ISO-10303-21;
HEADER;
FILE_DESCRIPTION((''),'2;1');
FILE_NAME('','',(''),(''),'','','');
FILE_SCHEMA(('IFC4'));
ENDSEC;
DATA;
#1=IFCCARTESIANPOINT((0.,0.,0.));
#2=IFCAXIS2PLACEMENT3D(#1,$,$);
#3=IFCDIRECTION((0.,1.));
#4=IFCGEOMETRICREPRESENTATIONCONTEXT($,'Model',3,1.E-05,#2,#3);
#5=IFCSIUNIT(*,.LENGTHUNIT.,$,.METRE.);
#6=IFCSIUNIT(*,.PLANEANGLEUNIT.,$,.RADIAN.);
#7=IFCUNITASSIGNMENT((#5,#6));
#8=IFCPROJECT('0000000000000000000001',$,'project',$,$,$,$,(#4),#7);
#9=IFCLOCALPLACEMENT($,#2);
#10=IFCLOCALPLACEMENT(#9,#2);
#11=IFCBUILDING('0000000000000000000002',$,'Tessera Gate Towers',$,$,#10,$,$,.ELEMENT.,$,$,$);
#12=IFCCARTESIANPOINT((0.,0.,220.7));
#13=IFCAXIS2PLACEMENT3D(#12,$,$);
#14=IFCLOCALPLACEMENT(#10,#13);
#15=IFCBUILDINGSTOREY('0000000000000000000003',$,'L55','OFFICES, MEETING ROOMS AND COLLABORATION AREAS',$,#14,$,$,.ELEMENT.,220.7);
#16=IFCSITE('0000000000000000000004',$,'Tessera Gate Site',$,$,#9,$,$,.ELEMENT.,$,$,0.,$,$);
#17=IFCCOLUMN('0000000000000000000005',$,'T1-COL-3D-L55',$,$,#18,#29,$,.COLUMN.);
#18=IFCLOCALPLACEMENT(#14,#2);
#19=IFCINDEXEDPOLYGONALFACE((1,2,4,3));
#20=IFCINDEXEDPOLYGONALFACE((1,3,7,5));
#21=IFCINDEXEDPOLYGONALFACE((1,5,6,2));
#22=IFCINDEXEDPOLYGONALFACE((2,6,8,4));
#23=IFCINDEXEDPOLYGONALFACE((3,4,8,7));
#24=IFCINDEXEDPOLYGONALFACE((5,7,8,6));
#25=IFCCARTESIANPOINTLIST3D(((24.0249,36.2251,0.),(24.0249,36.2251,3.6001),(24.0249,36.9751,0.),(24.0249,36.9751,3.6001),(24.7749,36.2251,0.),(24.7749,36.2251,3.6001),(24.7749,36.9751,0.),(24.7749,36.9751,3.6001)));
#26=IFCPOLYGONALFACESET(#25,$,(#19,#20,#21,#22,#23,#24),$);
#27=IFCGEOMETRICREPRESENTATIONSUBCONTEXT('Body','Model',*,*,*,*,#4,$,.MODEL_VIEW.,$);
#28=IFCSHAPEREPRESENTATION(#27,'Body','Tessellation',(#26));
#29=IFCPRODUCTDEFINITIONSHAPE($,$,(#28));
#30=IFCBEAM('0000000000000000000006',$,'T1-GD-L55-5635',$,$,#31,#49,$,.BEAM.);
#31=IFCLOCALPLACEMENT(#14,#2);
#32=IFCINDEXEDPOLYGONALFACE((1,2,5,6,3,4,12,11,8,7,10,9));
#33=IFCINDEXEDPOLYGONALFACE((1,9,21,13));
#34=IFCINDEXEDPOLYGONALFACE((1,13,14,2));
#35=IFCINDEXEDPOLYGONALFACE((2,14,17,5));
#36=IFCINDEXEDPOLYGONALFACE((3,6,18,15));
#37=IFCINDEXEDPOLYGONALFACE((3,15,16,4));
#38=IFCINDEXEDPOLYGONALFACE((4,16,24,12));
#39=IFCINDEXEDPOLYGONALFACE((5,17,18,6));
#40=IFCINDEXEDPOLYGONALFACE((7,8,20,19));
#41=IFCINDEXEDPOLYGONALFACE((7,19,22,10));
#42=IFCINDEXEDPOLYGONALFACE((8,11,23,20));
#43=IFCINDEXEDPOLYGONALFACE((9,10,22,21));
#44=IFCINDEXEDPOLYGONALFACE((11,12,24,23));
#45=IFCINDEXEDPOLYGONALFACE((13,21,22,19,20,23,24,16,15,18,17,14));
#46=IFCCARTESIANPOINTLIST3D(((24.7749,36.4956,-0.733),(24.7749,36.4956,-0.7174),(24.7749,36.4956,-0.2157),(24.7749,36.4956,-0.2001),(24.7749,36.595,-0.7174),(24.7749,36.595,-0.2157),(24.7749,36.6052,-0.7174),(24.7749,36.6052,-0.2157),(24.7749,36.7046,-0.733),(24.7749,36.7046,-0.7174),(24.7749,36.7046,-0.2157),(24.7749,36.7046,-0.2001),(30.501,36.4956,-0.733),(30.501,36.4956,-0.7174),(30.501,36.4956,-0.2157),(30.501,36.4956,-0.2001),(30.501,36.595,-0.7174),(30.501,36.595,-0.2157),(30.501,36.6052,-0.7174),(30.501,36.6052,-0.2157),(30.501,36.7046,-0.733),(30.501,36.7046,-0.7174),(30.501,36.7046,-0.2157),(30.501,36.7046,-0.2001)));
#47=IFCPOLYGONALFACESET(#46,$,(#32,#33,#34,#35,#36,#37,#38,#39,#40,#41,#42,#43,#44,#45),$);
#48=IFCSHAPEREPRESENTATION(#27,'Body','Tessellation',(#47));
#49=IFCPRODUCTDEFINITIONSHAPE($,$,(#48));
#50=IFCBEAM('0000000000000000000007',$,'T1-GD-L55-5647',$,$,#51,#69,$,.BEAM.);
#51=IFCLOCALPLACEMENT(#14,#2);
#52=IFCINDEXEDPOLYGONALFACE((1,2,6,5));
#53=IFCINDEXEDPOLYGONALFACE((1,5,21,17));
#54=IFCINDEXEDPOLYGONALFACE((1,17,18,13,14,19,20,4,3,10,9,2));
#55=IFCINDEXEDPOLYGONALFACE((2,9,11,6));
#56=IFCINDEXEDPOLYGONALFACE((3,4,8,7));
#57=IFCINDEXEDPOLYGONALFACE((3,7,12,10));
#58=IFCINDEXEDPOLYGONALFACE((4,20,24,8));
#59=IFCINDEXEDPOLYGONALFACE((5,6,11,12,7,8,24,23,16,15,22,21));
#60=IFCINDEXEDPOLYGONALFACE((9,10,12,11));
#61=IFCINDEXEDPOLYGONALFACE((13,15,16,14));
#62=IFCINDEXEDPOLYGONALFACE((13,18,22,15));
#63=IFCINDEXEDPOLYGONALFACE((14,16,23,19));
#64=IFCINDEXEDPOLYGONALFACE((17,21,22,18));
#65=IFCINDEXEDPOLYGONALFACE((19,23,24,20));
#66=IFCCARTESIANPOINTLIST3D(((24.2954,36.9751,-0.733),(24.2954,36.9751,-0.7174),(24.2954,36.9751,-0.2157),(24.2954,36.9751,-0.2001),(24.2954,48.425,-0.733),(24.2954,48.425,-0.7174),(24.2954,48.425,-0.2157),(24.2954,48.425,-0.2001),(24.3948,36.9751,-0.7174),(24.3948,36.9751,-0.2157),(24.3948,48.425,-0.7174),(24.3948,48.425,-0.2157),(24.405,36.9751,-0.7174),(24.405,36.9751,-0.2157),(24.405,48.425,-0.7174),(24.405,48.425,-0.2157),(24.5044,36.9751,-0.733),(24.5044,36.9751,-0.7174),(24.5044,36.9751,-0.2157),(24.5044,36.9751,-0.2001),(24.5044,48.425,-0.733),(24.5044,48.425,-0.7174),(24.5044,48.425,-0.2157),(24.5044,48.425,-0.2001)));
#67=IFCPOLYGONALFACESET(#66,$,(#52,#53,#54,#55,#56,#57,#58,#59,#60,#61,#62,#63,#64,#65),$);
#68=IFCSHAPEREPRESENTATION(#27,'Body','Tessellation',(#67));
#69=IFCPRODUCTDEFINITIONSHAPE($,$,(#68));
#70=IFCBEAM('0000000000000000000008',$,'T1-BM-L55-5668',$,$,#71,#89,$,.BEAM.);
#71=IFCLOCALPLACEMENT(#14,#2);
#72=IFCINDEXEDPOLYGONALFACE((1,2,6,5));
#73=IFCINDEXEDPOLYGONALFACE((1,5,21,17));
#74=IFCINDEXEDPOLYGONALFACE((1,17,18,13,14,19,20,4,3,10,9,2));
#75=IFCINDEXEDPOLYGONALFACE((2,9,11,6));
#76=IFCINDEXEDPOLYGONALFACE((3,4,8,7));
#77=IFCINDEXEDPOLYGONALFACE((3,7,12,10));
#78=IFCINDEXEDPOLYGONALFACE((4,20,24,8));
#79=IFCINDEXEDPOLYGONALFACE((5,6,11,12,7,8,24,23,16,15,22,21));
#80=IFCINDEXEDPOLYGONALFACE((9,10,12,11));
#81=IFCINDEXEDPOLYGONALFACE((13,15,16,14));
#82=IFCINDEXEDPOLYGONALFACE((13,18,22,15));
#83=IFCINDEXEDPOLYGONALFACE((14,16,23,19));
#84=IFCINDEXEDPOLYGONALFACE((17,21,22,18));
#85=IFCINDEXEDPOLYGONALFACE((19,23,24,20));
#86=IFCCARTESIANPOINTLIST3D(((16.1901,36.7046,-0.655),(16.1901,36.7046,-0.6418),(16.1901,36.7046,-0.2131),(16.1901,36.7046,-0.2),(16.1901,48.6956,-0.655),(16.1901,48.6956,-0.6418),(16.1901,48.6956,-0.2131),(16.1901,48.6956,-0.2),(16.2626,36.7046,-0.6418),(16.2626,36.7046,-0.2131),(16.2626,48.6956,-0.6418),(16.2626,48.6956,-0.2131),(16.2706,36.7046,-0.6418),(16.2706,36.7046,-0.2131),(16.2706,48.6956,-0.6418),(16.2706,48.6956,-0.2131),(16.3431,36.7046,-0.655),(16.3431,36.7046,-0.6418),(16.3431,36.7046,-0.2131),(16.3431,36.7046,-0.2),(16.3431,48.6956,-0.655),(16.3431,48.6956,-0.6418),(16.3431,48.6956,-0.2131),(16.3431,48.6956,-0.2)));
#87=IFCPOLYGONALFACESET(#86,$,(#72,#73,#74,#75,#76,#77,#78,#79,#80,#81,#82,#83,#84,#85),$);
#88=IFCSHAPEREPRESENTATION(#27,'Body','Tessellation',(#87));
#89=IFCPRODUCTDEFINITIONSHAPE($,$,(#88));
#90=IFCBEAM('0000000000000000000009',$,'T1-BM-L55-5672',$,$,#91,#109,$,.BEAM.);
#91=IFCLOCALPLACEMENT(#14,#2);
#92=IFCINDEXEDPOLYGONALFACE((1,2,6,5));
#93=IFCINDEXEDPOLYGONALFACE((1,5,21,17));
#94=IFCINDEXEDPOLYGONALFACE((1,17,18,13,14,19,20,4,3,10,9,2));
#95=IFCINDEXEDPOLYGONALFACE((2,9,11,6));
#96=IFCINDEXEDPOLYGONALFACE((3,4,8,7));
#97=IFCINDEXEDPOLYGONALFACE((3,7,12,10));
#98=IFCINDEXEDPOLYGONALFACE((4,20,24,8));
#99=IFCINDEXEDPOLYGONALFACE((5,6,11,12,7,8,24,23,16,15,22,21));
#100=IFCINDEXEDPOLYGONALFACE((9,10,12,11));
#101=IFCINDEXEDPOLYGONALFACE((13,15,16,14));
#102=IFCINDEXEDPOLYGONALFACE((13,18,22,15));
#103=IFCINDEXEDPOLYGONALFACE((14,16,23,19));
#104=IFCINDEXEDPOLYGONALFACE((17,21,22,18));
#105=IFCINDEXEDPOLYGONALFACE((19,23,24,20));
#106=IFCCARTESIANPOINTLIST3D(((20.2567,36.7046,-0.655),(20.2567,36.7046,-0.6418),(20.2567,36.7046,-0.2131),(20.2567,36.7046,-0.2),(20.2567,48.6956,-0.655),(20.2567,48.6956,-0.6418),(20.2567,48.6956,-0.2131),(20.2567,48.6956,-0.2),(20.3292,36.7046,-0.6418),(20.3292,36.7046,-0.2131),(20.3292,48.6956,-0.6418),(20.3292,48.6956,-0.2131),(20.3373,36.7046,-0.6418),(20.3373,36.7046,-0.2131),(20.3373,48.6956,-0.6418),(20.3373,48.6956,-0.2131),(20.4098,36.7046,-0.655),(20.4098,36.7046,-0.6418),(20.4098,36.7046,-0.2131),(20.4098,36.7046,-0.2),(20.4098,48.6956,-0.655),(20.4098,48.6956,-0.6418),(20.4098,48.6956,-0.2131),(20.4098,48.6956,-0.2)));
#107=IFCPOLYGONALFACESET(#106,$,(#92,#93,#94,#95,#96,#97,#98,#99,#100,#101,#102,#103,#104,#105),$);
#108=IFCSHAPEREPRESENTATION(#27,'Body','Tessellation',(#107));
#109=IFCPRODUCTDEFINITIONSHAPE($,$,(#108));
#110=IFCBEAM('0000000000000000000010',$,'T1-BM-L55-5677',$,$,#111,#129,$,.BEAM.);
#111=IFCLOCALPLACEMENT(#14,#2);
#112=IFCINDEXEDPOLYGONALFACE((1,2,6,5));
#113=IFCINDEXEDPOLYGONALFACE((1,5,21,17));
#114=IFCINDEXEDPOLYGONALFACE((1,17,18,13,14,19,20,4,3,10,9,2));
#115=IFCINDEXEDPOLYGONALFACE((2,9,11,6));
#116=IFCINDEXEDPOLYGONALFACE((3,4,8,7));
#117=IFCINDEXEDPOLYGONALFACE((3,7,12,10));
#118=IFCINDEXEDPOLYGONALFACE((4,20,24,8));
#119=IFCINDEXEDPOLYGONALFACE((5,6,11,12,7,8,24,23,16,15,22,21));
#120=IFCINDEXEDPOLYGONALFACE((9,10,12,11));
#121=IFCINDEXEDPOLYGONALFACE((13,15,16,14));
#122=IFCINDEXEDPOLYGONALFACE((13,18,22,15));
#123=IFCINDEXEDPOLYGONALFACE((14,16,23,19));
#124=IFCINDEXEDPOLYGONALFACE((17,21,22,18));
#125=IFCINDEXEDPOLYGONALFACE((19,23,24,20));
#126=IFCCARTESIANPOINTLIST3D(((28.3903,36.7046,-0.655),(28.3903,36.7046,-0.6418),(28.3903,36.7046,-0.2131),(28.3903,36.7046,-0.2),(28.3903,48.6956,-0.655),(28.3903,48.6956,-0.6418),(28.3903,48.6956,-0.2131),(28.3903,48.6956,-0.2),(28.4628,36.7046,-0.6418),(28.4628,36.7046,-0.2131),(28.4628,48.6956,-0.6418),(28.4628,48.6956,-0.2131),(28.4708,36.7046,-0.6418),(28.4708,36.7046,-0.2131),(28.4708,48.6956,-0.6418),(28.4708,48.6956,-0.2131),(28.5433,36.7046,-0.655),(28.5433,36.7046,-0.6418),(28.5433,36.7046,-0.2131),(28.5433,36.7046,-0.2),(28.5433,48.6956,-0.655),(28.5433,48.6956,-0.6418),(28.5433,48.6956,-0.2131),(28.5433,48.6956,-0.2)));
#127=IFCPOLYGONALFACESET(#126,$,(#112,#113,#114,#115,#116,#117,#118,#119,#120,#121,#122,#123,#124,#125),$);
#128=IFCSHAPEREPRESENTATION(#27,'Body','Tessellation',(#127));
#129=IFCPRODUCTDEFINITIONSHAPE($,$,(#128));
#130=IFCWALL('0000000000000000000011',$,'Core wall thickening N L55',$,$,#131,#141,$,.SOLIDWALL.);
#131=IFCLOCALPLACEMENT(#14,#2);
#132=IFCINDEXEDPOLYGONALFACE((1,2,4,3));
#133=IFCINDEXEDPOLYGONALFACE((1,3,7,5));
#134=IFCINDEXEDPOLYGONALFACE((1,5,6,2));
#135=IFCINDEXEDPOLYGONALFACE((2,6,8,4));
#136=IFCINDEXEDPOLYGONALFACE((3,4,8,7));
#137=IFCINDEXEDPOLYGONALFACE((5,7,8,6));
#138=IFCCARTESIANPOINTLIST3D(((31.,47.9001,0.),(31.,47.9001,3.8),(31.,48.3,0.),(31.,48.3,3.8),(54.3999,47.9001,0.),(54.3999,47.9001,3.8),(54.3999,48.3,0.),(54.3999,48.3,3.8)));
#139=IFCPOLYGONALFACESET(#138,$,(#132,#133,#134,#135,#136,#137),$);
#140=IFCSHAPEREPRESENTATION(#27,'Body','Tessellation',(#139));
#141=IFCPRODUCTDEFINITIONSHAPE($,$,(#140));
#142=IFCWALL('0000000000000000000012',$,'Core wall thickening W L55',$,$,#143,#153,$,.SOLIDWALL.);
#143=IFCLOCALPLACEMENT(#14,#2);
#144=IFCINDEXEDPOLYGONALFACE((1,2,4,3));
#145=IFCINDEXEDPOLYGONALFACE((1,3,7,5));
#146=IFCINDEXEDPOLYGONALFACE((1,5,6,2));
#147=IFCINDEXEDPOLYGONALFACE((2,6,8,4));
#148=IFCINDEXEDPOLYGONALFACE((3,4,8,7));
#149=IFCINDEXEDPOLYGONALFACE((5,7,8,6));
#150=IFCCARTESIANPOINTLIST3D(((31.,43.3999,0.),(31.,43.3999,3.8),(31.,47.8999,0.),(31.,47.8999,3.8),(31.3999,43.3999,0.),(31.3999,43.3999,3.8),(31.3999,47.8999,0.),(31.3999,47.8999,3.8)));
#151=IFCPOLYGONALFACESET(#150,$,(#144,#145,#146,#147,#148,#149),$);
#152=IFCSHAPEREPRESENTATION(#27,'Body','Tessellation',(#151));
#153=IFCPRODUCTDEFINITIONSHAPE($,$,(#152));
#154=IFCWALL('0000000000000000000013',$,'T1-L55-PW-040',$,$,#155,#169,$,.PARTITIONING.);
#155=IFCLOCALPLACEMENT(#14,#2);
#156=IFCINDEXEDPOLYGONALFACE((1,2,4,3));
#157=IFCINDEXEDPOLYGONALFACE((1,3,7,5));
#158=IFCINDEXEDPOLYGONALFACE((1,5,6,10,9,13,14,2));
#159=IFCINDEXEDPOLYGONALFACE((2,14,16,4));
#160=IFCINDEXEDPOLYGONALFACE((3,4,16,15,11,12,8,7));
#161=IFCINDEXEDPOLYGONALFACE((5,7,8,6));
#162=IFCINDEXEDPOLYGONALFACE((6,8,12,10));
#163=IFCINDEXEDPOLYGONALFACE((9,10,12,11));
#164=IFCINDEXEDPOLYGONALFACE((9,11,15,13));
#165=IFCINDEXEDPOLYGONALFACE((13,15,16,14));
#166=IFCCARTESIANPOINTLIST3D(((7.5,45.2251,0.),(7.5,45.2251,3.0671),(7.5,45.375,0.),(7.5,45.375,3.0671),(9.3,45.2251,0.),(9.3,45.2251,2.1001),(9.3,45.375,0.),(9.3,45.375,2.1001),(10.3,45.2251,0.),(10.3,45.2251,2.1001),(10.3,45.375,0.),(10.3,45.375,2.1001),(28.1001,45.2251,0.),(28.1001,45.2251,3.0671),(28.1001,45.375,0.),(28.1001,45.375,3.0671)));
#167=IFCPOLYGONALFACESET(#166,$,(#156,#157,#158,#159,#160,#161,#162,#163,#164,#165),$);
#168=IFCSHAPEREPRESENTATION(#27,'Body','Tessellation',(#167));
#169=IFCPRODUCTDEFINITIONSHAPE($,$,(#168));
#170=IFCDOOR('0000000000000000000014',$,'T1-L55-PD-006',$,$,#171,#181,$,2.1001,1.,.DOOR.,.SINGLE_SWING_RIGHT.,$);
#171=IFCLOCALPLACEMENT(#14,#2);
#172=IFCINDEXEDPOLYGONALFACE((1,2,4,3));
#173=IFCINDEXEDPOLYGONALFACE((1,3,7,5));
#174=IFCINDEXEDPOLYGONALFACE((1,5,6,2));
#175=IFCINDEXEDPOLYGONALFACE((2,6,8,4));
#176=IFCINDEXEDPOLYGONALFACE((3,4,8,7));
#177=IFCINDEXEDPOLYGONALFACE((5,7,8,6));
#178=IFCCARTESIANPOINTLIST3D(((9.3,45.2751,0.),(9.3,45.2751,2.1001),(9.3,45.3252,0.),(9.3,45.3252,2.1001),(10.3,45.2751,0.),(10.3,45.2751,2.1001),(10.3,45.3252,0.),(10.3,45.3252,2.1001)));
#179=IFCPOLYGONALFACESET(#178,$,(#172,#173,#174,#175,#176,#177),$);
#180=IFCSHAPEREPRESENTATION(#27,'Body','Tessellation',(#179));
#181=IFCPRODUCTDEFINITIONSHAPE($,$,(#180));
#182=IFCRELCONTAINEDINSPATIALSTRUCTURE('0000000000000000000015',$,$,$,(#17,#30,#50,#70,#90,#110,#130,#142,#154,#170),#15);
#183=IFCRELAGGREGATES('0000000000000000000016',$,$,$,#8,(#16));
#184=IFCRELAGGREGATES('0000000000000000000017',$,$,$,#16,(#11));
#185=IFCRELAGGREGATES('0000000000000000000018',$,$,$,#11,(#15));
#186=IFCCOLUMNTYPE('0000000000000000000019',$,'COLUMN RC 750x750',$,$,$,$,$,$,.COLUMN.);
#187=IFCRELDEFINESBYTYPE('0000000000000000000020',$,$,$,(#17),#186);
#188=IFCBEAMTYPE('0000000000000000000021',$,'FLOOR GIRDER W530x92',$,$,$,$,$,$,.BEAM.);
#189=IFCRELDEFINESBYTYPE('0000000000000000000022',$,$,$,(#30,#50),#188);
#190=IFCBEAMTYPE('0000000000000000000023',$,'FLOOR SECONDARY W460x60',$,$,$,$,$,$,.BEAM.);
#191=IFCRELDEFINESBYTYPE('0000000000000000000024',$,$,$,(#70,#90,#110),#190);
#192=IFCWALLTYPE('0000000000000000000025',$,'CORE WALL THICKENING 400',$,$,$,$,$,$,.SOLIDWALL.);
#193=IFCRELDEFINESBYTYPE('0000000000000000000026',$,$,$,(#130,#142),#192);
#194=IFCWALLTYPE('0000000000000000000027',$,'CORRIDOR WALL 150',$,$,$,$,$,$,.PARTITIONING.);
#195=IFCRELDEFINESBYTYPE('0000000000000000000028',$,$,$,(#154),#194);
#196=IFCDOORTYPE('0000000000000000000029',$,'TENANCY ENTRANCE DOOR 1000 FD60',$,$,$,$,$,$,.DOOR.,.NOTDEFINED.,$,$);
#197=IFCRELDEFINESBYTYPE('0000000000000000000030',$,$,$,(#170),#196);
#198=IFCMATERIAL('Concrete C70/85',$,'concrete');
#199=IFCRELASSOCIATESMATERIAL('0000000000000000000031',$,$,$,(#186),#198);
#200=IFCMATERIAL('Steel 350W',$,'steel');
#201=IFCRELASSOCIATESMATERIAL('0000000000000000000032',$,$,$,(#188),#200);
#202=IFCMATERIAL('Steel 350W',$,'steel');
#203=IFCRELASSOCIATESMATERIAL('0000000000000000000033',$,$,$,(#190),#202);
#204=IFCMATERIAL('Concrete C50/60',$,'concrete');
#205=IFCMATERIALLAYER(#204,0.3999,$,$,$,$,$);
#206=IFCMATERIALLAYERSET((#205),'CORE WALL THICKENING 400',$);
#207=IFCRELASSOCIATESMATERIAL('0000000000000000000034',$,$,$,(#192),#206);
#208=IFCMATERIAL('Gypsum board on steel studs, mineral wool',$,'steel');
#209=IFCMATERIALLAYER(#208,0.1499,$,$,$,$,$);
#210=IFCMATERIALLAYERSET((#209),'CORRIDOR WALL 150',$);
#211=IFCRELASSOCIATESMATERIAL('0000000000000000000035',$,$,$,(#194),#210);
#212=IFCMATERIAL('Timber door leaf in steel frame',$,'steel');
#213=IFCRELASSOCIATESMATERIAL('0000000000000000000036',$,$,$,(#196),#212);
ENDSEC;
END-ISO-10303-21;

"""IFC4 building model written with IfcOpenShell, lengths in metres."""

from ifc_helpers import new_model, si_unit, direction, frame, frame_2d, origin, origin_2d, place, context, subcontext, project, spatial, rectangle, i_section, extrude, source, transform, mapped, material, layer, layer_set, material_profile, profile_set, type_object, element, fill, save


model = new_model("IFC4")

# Units and contexts
model_context = context("Model", 3, precision=1e-05, world=origin(), true_north=direction((0.0, 1.0)))
body_context = subcontext(model_context, "Body", "Model", "MODEL_VIEW")
ifc_project = project(units=[si_unit("LENGTHUNIT", "METRE"), si_unit("PLANEANGLEUNIT", "RADIAN")], contexts=[model_context])

# Site, building, storey
site_placement = place(None, origin())
site = spatial("IfcSite", under=ifc_project, at=site_placement, Name="Tessera Gate Site", CompositionType="ELEMENT", RefElevation=0.0)
building_placement = place(site_placement, origin())
building = spatial("IfcBuilding", under=site, at=building_placement, Name="Tessera Gate Towers", CompositionType="ELEMENT")
storey_placement = place(building_placement, frame((0.0, 0.0, 220.7)))
storey = spatial("IfcBuildingStorey", under=building, at=storey_placement, Name="L55", Description="OFFICES, MEETING ROOMS AND COLLABORATION AREAS", CompositionType="ELEMENT", Elevation=220.7)

# Column
ifc_material_1 = material(Name="Concrete C70/85", Category="concrete")
ifc_material_profile_1 = material_profile(ifc_material_1, rectangle(XDim=0.75, YDim=0.75, at=origin_2d()), Name="RC 750x750")
ifc_profile_set_1 = profile_set([ifc_material_profile_1], Name="Concrete C70/85")
column_type = type_object("IfcColumnType", Name="COLUMN RC 750x750", PredefinedType="COLUMN", material=ifc_profile_set_1)
column_placement = place(storey_placement, frame((24.3999, 36.6001, 0.0), z_axis=(0.0, 0.0, 1.0), x_axis=(1.0, 0.0, 0.0)))
element("IfcColumn", 1, at=column_placement, inside=storey, type_object=column_type, Name="T1-COL-3D-L55", PredefinedType="COLUMN", context=body_context, shape_type="SweptSolid", body=[
    extrude(rectangle(XDim=0.75, YDim=0.75, at=origin_2d()), origin(), (0.0, 0.0, 1.0), 3.6001),
])

# Beams
ifc_material_2 = material(Name="Steel 350W", Category="steel")
ifc_material_profile_2 = material_profile(ifc_material_2, i_section(OverallWidth=0.209, OverallDepth=0.533, WebThickness=0.0103, FlangeThickness=0.0156, at=origin_2d()), Name="W530x92")
ifc_profile_set_2 = profile_set([ifc_material_profile_2], Name="Steel 350W")
beam_type_1 = type_object("IfcBeamType", Name="FLOOR GIRDER W530x92", PredefinedType="BEAM", material=ifc_profile_set_2)
beam_1_placement = place(storey_placement, frame((24.7749, 36.6001, -0.4666), z_axis=(1.0, 0.0, 0.0), x_axis=(0.0, 1.0, 0.0)))
element("IfcBeam", 2, at=beam_1_placement, inside=storey, type_object=beam_type_1, Name="T1-GD-L55-5635", PredefinedType="BEAM", context=body_context, shape_type="SweptSolid", body=[
    extrude(i_section(OverallWidth=0.209, OverallDepth=0.533, WebThickness=0.0103, FlangeThickness=0.0156, at=origin_2d()), origin(), (0.0, 0.0, 1.0), 5.7261),
])
beam_2_placement = place(storey_placement, frame((24.3999, 36.9751, -0.4666), z_axis=(0.0, 1.0, 0.0), x_axis=(-1.0, 0.0, 0.0)))
element("IfcBeam", 3, at=beam_2_placement, inside=storey, type_object=beam_type_1, Name="T1-GD-L55-5647", PredefinedType="BEAM", context=body_context, shape_type="SweptSolid", body=[
    extrude(i_section(OverallWidth=0.209, OverallDepth=0.533, WebThickness=0.0103, FlangeThickness=0.0156, at=origin_2d()), origin(), (0.0, 0.0, 1.0), 11.45),
])
ifc_material_3 = material(Name="Steel 350W", Category="steel")
ifc_material_profile_3 = material_profile(ifc_material_3, i_section(OverallWidth=0.1531, OverallDepth=0.4551, WebThickness=0.0081, FlangeThickness=0.0132, at=origin_2d()), Name="W460x60")
ifc_profile_set_3 = profile_set([ifc_material_profile_3], Name="Steel 350W")
beam_type_2 = type_object("IfcBeamType", Name="FLOOR SECONDARY W460x60", PredefinedType="BEAM", material=ifc_profile_set_3)
for number, where, z_axis, x_axis, name in (
    (4, (16.2666, 36.7046, -0.4275), (0.0, 1.0, 0.0), (-1.0, 0.0, 0.0), "T1-BM-L55-5668"),
    (5, (20.3333, 36.7046, -0.4275), (0.0, 1.0, 0.0), (-1.0, 0.0, 0.0), "T1-BM-L55-5672"),
    (6, (28.4668, 36.7046, -0.4275), (0.0, 1.0, 0.0), (-1.0, 0.0, 0.0), "T1-BM-L55-5677"),
):
    element("IfcBeam", number, at=place(storey_placement, frame(where, z_axis=z_axis, x_axis=x_axis)), inside=storey, type_object=beam_type_2, Name=name, PredefinedType="BEAM", context=body_context, shape_type="SweptSolid", body=[
        extrude(i_section(OverallWidth=0.1531, OverallDepth=0.4551, WebThickness=0.0081, FlangeThickness=0.0132, at=origin_2d()), origin(), (0.0, 0.0, 1.0), 11.991),
    ])

# Walls
ifc_material_4 = material(Name="Concrete C50/60", Category="concrete")
ifc_layer_1 = layer(ifc_material_4, 0.3999)
ifc_layer_set_1 = layer_set([ifc_layer_1], Name="CORE WALL THICKENING 400")
wall_type_1 = type_object("IfcWallType", Name="CORE WALL THICKENING 400", PredefinedType="SOLIDWALL", material=ifc_layer_set_1)
wall_1_placement = place(storey_placement, frame((31.0, 48.1001, 0.0), z_axis=(0.0, 0.0, 1.0), x_axis=(1.0, 0.0, 0.0)))
element("IfcWall", 7, at=wall_1_placement, inside=storey, type_object=wall_type_1, Name="Core wall thickening N L55", PredefinedType="SOLIDWALL", context=body_context, shape_type="SweptSolid", body=[
    extrude(rectangle(XDim=23.3999, YDim=0.3999, at=frame_2d((11.7, 0.0))), origin(), (0.0, 0.0, 1.0), 3.8),
])
wall_2_placement = place(storey_placement, frame((31.2, 43.3999, 0.0), z_axis=(0.0, 0.0, 1.0), x_axis=(0.0, 1.0, 0.0)))
element("IfcWall", 8, at=wall_2_placement, inside=storey, type_object=wall_type_1, Name="Core wall thickening W L55", PredefinedType="SOLIDWALL", context=body_context, shape_type="SweptSolid", body=[
    extrude(rectangle(XDim=4.5, YDim=0.3999, at=frame_2d((2.25, 0.0))), origin(), (0.0, 0.0, 1.0), 3.8),
])

# Wall, opening, door
ifc_material_5 = material(Name="Gypsum board on steel studs, mineral wool", Category="steel")
ifc_layer_2 = layer(ifc_material_5, 0.1499)
ifc_layer_set_2 = layer_set([ifc_layer_2], Name="CORRIDOR WALL 150")
wall_type_2 = type_object("IfcWallType", Name="CORRIDOR WALL 150", PredefinedType="PARTITIONING", material=ifc_layer_set_2)
wall_3_placement = place(storey_placement, frame((28.1001, 45.3, 0.0), z_axis=(0.0, 0.0, 1.0), x_axis=(-1.0, 0.0, 0.0)))
wall_3 = element("IfcWall", 9, at=wall_3_placement, inside=storey, type_object=wall_type_2, Name="T1-L55-PW-040", PredefinedType="PARTITIONING", context=body_context, shape_type="SweptSolid", body=[
    extrude(rectangle(XDim=20.6001, YDim=0.1499, at=frame_2d((10.3, 0.0))), origin(), (0.0, 0.0, 1.0), 3.0671),
])
shared_shape_1 = source(origin(), body_context, "Body", "SweptSolid", [
    extrude(rectangle(XDim=1.0, YDim=2.1001, at=frame_2d((0.5, 1.05))), frame((0.0, 0.085, 0.0), z_axis=(0.0, -1.0, 0.0), x_axis=(1.0, 0.0, 0.0)), (0.0, 0.0, 1.0), 0.1699),
])
opening_1_placement = place(wall_3_placement, frame((17.8, 0.0, 0.0)))
opening_1 = element("IfcOpeningElement", 10, at=opening_1_placement, cuts=wall_3, PredefinedType="OPENING", context=body_context, shape_type="MappedRepresentation", body=[
    mapped(shared_shape_1, transform((0.0, 0.0, 0.0), scale=1.0)),
])
ifc_material_6 = material(Name="Timber door leaf in steel frame", Category="steel")
door_type_1 = type_object("IfcDoorType", Name="TENANCY ENTRANCE DOOR 1000 FD60", OperationType="NOTDEFINED", PredefinedType="DOOR", material=ifc_material_6)
shared_shape_2 = source(origin(), body_context, "Body", "SweptSolid", [
    extrude(rectangle(XDim=1.0, YDim=2.1001, at=frame_2d((0.5, 1.05))), frame((0.0, 0.0249, 0.0), z_axis=(0.0, -1.0, 0.0), x_axis=(1.0, 0.0, 0.0)), (0.0, 0.0, 1.0), 0.05),
])
door_1_placement = place(opening_1_placement, origin())
door_1 = element("IfcDoor", 11, at=door_1_placement, inside=storey, type_object=door_type_1, Name="T1-L55-PD-006", OperationType="SINGLE_SWING_RIGHT", OverallHeight=2.1001, OverallWidth=1.0, PredefinedType="DOOR", context=body_context, shape_type="MappedRepresentation", body=[
    mapped(shared_shape_2, transform((0.0, 0.0, 0.0), scale=1.0)),
])
fill(opening_1, door_1)

save(model, "model.ifc")
